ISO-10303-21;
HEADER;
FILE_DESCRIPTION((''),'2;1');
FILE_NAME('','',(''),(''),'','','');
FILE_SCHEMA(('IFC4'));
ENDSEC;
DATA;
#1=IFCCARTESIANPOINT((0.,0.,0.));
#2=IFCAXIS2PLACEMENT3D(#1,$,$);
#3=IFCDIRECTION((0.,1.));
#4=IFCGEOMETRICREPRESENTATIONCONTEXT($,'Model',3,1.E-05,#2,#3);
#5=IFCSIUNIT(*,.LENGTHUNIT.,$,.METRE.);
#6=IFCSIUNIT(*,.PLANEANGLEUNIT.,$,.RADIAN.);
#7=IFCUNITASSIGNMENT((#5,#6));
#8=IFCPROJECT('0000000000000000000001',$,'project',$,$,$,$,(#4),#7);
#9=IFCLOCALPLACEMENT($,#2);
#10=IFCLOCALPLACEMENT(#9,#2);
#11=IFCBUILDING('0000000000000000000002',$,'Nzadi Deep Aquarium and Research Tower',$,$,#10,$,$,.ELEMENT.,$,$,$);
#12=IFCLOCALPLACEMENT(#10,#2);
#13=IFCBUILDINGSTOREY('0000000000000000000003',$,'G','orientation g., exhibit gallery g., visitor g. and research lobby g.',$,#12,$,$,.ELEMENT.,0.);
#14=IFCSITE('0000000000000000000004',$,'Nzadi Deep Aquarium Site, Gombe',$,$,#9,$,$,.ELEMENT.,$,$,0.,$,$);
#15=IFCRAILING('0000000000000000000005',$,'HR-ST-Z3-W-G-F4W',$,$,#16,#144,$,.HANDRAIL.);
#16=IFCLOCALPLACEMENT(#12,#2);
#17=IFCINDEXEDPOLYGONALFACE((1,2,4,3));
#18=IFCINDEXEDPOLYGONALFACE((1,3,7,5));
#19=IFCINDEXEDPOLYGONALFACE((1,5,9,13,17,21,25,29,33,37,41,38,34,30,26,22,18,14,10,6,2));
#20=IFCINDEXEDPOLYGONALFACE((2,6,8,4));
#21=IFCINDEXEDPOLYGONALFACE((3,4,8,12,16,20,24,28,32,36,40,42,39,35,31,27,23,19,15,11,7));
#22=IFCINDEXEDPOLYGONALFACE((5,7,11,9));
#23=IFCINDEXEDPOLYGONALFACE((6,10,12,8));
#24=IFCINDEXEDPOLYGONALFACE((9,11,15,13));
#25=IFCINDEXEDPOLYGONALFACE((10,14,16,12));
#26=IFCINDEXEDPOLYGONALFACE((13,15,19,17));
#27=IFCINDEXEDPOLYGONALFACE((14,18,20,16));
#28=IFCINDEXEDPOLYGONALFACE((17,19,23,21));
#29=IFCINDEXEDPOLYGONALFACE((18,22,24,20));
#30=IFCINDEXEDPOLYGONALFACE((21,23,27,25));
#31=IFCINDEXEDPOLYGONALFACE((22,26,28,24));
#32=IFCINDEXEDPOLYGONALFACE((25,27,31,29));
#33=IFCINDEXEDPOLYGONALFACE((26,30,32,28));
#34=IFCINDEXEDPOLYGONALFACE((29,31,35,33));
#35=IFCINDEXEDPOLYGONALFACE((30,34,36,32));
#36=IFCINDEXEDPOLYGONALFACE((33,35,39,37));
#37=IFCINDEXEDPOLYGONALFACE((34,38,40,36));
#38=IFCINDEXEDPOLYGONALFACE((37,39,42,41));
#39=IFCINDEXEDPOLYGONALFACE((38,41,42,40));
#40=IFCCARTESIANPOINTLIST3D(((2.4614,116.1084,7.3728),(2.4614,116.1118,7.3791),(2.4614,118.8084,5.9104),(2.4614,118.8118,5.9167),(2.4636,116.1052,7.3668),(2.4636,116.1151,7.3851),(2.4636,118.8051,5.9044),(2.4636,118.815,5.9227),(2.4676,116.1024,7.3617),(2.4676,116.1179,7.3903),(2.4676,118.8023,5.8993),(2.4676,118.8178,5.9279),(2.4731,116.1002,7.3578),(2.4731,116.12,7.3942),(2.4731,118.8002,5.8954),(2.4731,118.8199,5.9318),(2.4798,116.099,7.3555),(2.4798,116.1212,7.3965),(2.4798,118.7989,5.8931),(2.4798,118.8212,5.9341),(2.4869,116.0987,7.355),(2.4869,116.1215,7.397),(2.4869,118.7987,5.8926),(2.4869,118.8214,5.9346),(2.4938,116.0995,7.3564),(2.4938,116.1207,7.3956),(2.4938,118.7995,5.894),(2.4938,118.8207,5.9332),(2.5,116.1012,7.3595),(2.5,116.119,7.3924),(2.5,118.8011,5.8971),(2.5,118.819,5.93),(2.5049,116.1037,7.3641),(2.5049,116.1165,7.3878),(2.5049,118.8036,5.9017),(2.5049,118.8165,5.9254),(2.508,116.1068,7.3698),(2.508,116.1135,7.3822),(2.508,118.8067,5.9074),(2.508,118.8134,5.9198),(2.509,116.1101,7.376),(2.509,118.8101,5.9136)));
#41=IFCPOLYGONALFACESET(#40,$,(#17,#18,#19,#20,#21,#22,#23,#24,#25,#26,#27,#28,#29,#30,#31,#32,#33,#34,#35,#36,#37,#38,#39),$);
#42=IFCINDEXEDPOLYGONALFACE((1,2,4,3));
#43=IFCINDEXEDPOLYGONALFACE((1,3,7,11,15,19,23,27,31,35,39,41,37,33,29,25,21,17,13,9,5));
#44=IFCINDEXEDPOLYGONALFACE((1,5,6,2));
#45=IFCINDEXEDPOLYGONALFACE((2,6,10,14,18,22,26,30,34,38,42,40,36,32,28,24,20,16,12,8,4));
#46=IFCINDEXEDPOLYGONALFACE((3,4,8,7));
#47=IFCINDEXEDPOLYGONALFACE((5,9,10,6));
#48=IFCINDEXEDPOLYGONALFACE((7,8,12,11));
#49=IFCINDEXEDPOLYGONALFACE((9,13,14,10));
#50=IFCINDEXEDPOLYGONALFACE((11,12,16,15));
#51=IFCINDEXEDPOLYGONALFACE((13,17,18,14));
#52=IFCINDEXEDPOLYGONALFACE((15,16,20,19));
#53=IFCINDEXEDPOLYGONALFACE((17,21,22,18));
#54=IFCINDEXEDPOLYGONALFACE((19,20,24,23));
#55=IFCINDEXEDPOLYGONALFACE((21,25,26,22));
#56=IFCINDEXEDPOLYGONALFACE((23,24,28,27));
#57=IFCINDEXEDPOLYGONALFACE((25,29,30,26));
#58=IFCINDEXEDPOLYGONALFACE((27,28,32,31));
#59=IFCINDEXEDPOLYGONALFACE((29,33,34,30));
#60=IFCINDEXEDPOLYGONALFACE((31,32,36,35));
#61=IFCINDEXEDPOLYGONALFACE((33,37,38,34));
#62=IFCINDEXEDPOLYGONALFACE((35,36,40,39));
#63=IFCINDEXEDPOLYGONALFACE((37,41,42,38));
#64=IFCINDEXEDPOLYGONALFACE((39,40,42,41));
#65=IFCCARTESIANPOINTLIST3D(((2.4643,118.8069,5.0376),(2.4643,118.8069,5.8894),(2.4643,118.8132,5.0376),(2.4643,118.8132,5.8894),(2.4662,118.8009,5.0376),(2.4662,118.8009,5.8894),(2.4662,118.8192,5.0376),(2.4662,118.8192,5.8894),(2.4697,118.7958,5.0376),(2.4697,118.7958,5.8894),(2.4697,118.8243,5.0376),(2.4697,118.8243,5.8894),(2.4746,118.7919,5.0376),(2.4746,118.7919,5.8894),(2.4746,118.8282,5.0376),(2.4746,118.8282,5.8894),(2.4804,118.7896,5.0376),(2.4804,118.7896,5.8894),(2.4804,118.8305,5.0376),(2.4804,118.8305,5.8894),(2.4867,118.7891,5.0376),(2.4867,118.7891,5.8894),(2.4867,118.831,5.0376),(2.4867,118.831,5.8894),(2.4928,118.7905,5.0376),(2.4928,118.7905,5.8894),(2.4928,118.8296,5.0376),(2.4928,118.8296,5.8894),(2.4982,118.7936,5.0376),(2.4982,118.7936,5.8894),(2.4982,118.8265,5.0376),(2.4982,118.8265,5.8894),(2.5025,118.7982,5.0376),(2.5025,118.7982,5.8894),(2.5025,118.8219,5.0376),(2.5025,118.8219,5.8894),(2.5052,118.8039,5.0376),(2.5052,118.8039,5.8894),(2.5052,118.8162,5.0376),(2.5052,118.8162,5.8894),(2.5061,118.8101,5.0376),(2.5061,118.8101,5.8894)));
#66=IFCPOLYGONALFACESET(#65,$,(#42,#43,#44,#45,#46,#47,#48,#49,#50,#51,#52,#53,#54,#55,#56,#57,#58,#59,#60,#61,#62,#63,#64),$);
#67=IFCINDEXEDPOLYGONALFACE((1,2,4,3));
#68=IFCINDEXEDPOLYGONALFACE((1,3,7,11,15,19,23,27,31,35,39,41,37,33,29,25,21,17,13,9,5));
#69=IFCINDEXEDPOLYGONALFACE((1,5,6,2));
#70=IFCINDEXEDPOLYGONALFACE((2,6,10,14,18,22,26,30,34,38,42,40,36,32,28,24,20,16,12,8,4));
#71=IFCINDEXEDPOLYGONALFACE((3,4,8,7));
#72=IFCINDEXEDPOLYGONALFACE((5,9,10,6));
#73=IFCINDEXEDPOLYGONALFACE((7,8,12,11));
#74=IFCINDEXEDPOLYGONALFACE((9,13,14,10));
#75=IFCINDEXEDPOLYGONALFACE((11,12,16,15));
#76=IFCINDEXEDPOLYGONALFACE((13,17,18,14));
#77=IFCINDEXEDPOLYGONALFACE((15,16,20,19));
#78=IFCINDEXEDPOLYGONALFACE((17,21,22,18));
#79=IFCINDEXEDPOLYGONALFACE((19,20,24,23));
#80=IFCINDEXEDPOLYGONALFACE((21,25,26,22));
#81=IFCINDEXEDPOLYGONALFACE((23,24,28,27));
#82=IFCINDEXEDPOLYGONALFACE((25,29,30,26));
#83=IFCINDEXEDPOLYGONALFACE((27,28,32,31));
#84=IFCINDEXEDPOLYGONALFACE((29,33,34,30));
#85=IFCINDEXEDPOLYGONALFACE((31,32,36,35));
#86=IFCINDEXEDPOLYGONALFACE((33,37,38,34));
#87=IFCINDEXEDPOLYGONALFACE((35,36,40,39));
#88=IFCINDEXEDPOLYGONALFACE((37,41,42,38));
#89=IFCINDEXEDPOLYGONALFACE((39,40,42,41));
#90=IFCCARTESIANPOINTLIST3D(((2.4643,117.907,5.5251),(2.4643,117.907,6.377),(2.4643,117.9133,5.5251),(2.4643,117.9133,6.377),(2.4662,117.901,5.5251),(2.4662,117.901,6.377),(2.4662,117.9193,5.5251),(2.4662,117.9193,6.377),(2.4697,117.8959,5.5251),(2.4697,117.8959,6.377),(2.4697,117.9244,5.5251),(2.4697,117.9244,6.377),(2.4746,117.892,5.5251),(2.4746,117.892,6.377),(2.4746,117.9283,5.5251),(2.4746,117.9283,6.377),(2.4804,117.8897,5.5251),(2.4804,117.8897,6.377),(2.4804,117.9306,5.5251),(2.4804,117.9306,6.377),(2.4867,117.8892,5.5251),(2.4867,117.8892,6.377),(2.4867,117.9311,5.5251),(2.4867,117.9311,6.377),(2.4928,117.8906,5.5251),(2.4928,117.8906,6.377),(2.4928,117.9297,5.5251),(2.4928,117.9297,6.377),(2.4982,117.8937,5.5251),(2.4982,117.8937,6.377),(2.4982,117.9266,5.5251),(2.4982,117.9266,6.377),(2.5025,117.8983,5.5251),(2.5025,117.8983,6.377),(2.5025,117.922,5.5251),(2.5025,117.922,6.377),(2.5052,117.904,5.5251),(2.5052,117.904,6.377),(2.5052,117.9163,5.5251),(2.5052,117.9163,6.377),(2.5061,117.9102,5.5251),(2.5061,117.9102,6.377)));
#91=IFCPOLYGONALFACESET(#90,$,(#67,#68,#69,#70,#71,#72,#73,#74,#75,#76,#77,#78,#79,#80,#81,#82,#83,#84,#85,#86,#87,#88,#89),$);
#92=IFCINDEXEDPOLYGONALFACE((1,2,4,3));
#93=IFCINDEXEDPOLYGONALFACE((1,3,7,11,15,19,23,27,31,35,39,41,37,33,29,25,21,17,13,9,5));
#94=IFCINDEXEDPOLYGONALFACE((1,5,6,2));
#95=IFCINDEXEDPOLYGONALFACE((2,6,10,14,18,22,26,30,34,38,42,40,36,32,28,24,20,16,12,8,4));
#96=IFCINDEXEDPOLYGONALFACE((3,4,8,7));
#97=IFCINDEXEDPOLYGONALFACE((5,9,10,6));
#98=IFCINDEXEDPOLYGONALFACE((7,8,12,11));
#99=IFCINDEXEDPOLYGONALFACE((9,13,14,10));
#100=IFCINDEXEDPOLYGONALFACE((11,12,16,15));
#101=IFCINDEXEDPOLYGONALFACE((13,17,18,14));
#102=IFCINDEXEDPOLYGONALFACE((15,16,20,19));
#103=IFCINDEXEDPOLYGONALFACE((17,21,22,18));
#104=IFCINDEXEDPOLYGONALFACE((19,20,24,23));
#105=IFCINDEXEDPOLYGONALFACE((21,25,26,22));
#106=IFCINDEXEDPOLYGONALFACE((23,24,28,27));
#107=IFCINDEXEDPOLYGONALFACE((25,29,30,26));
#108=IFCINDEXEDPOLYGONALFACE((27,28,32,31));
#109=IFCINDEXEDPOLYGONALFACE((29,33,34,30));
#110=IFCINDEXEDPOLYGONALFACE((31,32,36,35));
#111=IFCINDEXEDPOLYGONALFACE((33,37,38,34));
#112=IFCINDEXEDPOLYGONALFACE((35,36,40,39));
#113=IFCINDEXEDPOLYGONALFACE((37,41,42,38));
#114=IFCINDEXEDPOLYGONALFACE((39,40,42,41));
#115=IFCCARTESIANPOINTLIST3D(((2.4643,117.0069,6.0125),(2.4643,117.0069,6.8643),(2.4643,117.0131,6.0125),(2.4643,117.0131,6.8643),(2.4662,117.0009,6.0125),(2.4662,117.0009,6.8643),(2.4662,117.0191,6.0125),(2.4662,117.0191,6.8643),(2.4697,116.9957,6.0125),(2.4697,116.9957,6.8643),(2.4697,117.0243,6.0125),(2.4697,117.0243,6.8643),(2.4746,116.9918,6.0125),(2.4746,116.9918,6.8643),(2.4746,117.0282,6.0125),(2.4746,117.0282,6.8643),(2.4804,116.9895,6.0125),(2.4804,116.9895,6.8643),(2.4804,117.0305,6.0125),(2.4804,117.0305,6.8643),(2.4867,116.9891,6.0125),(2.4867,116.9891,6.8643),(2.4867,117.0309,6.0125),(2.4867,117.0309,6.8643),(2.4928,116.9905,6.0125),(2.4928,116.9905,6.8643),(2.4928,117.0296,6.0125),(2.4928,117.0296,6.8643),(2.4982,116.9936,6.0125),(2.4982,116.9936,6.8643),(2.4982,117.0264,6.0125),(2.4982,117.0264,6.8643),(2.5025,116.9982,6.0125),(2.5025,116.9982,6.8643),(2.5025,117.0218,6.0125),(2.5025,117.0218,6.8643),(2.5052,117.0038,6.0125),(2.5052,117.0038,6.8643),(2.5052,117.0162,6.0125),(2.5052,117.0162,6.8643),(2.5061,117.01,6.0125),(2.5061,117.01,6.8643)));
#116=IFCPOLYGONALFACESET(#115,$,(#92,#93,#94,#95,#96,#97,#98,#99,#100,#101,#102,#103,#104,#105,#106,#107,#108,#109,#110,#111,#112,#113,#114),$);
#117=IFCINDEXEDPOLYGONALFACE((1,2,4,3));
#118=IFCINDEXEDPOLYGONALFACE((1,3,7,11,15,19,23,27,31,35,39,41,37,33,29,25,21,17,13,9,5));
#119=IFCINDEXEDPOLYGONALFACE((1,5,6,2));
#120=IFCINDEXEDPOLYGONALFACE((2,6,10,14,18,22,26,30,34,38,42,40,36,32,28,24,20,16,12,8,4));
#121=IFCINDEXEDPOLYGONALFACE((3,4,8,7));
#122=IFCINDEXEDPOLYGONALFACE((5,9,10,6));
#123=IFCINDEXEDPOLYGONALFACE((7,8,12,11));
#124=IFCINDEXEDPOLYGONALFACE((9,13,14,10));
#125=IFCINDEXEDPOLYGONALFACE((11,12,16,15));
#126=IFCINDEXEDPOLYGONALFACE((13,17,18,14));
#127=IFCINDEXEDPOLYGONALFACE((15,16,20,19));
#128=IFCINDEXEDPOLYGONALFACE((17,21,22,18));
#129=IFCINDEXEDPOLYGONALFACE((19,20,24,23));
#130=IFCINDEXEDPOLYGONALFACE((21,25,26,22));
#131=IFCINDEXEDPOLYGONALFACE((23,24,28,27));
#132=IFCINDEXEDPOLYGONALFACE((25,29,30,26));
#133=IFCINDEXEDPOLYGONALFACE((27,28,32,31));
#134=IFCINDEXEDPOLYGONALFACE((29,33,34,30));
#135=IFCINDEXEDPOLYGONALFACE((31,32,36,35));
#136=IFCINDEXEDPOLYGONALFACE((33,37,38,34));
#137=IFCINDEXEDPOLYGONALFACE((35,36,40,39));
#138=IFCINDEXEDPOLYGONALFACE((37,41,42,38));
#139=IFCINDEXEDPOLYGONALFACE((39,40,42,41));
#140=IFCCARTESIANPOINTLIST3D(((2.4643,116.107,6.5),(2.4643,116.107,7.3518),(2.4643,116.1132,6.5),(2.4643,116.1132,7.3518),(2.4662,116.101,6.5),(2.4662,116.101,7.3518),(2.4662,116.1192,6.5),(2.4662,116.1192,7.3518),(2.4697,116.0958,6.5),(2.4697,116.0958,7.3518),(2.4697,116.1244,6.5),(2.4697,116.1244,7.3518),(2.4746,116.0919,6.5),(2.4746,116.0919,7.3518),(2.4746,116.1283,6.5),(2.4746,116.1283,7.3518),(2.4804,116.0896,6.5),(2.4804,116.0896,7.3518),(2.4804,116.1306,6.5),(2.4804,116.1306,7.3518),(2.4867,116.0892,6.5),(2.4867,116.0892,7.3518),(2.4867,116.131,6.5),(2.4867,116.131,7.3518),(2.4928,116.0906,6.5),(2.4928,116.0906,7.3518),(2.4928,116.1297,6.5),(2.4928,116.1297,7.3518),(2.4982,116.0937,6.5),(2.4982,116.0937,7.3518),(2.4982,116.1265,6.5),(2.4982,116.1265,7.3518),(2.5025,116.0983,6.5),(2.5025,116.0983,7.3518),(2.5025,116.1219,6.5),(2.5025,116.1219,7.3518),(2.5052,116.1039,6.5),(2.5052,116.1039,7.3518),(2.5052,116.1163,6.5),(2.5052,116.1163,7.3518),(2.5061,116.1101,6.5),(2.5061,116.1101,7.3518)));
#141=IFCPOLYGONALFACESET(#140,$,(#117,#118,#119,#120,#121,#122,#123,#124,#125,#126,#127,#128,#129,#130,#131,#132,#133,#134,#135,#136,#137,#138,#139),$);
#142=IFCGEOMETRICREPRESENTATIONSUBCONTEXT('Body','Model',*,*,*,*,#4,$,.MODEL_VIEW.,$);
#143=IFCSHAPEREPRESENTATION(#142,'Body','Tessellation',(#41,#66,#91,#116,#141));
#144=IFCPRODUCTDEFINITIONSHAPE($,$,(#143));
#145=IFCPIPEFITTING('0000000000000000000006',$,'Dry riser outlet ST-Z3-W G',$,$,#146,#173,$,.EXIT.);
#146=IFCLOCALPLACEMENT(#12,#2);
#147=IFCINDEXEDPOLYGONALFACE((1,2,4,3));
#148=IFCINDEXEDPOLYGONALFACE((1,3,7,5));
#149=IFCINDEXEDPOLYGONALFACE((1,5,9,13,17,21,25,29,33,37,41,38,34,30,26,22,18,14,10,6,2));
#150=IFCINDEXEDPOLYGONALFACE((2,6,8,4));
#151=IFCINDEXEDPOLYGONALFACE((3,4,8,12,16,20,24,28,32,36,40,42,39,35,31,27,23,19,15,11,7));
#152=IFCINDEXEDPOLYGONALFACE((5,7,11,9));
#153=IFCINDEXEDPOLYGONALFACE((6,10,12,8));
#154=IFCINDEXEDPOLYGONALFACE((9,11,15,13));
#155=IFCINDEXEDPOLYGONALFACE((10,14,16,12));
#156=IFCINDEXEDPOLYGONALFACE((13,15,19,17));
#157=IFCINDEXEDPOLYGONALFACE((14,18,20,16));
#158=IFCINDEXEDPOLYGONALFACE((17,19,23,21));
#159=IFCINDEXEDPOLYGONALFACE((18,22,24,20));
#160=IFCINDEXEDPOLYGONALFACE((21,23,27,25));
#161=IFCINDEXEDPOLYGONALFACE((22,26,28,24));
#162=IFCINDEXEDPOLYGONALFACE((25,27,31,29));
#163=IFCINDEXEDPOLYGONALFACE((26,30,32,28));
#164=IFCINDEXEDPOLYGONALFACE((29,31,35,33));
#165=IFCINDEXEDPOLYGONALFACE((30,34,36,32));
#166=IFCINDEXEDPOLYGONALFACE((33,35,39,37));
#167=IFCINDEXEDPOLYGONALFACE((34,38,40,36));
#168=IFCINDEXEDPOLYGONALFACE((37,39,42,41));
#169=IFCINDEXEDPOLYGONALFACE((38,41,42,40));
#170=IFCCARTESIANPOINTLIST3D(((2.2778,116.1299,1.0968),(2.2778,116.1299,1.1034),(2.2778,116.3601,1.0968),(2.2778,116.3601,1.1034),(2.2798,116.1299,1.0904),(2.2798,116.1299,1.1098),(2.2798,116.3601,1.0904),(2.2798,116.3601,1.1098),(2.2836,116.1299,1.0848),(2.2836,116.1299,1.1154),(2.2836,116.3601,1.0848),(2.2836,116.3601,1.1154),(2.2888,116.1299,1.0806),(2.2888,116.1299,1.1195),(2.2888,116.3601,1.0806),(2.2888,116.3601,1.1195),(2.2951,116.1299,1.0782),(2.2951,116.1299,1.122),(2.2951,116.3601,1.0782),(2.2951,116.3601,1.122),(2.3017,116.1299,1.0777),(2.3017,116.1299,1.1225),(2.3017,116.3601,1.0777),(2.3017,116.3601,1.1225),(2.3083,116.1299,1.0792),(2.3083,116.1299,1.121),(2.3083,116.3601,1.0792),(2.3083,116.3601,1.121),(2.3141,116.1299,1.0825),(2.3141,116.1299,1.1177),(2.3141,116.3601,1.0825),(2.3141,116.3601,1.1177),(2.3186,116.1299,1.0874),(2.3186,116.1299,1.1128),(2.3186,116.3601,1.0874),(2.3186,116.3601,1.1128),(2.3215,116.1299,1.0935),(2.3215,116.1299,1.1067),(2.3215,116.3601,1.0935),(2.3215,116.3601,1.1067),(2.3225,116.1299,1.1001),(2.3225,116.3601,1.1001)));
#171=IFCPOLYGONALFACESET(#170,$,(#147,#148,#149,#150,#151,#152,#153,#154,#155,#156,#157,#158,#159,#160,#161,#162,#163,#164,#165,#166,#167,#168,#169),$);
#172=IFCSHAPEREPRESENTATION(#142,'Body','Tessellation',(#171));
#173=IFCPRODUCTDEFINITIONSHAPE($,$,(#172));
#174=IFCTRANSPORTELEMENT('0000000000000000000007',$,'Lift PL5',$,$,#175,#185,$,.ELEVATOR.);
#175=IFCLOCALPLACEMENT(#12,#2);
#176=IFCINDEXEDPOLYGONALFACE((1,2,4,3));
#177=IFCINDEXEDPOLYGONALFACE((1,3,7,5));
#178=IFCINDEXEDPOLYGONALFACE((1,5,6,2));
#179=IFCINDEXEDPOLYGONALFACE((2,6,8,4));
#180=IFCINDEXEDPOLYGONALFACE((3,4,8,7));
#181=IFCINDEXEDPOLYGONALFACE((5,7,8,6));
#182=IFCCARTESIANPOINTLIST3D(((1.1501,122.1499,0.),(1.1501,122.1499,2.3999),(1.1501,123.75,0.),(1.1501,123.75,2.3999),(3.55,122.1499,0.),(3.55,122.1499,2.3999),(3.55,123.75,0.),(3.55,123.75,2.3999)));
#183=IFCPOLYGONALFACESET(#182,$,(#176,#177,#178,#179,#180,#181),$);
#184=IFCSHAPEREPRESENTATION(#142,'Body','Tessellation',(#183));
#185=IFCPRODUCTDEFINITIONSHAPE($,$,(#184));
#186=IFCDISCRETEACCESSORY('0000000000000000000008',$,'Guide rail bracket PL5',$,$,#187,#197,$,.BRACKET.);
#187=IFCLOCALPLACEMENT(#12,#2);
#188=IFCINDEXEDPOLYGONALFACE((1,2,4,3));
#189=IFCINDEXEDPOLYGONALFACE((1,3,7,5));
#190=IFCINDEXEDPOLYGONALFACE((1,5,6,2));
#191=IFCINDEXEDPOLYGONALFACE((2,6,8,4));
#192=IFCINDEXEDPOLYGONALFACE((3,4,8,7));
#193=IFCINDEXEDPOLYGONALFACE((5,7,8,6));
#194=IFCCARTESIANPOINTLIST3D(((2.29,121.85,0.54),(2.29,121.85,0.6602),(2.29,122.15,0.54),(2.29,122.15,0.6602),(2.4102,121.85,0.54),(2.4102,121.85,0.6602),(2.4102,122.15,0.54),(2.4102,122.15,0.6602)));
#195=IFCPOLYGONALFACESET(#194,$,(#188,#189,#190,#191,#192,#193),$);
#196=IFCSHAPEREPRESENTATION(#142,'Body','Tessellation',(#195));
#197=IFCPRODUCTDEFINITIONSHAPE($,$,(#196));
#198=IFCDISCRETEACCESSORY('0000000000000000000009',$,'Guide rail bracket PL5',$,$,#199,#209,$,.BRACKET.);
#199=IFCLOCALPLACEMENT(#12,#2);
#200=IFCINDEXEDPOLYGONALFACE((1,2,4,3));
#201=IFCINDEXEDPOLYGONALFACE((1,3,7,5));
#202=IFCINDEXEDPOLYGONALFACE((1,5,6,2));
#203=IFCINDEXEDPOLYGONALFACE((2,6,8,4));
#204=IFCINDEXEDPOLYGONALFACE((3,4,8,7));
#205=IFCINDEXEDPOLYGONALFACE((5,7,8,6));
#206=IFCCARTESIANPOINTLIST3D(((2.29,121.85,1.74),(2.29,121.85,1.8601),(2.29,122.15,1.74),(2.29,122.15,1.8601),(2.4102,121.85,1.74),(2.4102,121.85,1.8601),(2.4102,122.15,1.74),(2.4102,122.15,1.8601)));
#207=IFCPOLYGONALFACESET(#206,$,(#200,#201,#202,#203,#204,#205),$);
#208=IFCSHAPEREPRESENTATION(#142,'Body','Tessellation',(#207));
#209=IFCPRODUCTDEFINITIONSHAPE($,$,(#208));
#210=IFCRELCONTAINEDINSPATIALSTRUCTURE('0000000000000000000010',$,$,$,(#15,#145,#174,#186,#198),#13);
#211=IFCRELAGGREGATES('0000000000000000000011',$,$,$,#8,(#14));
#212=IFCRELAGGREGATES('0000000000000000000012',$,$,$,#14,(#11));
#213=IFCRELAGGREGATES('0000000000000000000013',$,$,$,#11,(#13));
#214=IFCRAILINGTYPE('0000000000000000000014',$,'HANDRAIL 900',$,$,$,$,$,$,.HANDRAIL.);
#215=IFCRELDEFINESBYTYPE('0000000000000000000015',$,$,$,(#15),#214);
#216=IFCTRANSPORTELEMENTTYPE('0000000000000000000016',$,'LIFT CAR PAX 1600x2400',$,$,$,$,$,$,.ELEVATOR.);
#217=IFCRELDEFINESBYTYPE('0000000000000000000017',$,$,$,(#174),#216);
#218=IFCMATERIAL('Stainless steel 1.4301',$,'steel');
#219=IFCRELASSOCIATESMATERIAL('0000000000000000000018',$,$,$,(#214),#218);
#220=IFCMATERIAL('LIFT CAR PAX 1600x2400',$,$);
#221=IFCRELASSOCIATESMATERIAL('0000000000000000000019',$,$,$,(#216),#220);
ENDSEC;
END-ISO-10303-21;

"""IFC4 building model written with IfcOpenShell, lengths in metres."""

from ifc_helpers import new_model, si_unit, direction, frame, origin, origin_2d, place, context, subcontext, project, spatial, rectangle, circle, extrude, material, type_object, element, save


model = new_model("IFC4")

# Units and contexts
model_context = context("Model", 3, precision=1e-05, world=origin(), true_north=direction((0.0, 1.0)))
body_context = subcontext(model_context, "Body", "Model", "MODEL_VIEW")
ifc_project = project(units=[si_unit("LENGTHUNIT", "METRE"), si_unit("PLANEANGLEUNIT", "RADIAN")], contexts=[model_context])

# Site, building, storey
site_placement = place(None, origin())
site = spatial("IfcSite", under=ifc_project, at=site_placement, Name="Nzadi Deep Aquarium Site, Gombe", CompositionType="ELEMENT", RefElevation=0.0)
building_placement = place(site_placement, origin())
building = spatial("IfcBuilding", under=site, at=building_placement, Name="Nzadi Deep Aquarium and Research Tower", CompositionType="ELEMENT")
storey_placement = place(building_placement, origin())
storey = spatial("IfcBuildingStorey", under=building, at=storey_placement, Name="G", Description="orientation g., exhibit gallery g., visitor g. and research lobby g.", CompositionType="ELEMENT", Elevation=0.0)

# Railing
ifc_material_1 = material(Name="Stainless steel 1.4301", Category="steel")
railing_type = type_object("IfcRailingType", Name="HANDRAIL 900", PredefinedType="HANDRAIL", material=ifc_material_1)
for number, where, name in (
    (1, (2.4851, 118.8101, 5.0376), "HR-ST-Z3-W-G-F4W"),
):
    element("IfcRailing", number, at=place(storey_placement, frame(where)), inside=storey, type_object=railing_type, Name=name, PredefinedType="HANDRAIL", context=body_context, shape_type="SweptSolid", body=[
        extrude(circle(Radius=0.0239, at=origin_2d()), frame((0.0, 0.0, 0.876), z_axis=(0.0, -0.879302, 0.476265), x_axis=(1.0, 0.0, 0.0)), (0.0, 0.0, 1.0), 3.0706),
        extrude(circle(Radius=0.021, at=origin_2d()), origin(), (0.0, 0.0, 1.0), 0.8518),
        extrude(circle(Radius=0.021, at=origin_2d()), frame((0.0, -0.8999, 0.4875)), (0.0, 0.0, 1.0), 0.8518),
        extrude(circle(Radius=0.021, at=origin_2d()), frame((0.0, -1.8, 0.9749)), (0.0, 0.0, 1.0), 0.8518),
        extrude(circle(Radius=0.021, at=origin_2d()), frame((0.0, -2.7, 1.4624)), (0.0, 0.0, 1.0), 0.8518),
    ])

# Pipe fitting
pipe_fitting_placement = place(storey_placement, frame((2.3, 116.3601, 1.1001), z_axis=(0.0, -1.0, 0.0), x_axis=(1.0, 0.0, 0.0)))
element("IfcPipeFitting", 2, at=pipe_fitting_placement, inside=storey, Name="Dry riser outlet ST-Z3-W G", PredefinedType="EXIT", context=body_context, shape_type="SweptSolid", body=[
    extrude(circle(Radius=0.0225, at=origin_2d()), origin(), (0.0, 0.0, 1.0), 0.2302),
])

# Transport element
ifc_material_2 = material(Name="LIFT CAR PAX 1600x2400")
transport_element_type = type_object("IfcTransportElementType", Name="LIFT CAR PAX 1600x2400", PredefinedType="ELEVATOR", material=ifc_material_2)
transport_element_placement = place(storey_placement, frame((2.3501, 122.95, 0.0), z_axis=(0.0, 0.0, 1.0), x_axis=(1.0, 0.0, 0.0)))
element("IfcTransportElement", 3, at=transport_element_placement, inside=storey, type_object=transport_element_type, Name="Lift PL5", PredefinedType="ELEVATOR", context=body_context, shape_type="SweptSolid", body=[
    extrude(rectangle(XDim=2.3999, YDim=1.6001, at=origin_2d()), origin(), (0.0, 0.0, 1.0), 2.3999),
])

# Discrete accessories
for number, where, z_axis, x_axis, name in (
    (4, (2.3501, 122.0, 0.54), (0.0, 0.0, 1.0), (1.0, 0.0, 0.0), "Guide rail bracket PL5"),
    (5, (2.3501, 122.0, 1.74), (0.0, 0.0, 1.0), (1.0, 0.0, 0.0), "Guide rail bracket PL5"),
):
    element("IfcDiscreteAccessory", number, at=place(storey_placement, frame(where, z_axis=z_axis, x_axis=x_axis)), inside=storey, Name=name, PredefinedType="BRACKET", context=body_context, shape_type="SweptSolid", body=[
        extrude(rectangle(XDim=0.1201, YDim=0.3, at=origin_2d()), origin(), (0.0, 0.0, 1.0), 0.1201),
    ])

save(model, "model.ifc")
